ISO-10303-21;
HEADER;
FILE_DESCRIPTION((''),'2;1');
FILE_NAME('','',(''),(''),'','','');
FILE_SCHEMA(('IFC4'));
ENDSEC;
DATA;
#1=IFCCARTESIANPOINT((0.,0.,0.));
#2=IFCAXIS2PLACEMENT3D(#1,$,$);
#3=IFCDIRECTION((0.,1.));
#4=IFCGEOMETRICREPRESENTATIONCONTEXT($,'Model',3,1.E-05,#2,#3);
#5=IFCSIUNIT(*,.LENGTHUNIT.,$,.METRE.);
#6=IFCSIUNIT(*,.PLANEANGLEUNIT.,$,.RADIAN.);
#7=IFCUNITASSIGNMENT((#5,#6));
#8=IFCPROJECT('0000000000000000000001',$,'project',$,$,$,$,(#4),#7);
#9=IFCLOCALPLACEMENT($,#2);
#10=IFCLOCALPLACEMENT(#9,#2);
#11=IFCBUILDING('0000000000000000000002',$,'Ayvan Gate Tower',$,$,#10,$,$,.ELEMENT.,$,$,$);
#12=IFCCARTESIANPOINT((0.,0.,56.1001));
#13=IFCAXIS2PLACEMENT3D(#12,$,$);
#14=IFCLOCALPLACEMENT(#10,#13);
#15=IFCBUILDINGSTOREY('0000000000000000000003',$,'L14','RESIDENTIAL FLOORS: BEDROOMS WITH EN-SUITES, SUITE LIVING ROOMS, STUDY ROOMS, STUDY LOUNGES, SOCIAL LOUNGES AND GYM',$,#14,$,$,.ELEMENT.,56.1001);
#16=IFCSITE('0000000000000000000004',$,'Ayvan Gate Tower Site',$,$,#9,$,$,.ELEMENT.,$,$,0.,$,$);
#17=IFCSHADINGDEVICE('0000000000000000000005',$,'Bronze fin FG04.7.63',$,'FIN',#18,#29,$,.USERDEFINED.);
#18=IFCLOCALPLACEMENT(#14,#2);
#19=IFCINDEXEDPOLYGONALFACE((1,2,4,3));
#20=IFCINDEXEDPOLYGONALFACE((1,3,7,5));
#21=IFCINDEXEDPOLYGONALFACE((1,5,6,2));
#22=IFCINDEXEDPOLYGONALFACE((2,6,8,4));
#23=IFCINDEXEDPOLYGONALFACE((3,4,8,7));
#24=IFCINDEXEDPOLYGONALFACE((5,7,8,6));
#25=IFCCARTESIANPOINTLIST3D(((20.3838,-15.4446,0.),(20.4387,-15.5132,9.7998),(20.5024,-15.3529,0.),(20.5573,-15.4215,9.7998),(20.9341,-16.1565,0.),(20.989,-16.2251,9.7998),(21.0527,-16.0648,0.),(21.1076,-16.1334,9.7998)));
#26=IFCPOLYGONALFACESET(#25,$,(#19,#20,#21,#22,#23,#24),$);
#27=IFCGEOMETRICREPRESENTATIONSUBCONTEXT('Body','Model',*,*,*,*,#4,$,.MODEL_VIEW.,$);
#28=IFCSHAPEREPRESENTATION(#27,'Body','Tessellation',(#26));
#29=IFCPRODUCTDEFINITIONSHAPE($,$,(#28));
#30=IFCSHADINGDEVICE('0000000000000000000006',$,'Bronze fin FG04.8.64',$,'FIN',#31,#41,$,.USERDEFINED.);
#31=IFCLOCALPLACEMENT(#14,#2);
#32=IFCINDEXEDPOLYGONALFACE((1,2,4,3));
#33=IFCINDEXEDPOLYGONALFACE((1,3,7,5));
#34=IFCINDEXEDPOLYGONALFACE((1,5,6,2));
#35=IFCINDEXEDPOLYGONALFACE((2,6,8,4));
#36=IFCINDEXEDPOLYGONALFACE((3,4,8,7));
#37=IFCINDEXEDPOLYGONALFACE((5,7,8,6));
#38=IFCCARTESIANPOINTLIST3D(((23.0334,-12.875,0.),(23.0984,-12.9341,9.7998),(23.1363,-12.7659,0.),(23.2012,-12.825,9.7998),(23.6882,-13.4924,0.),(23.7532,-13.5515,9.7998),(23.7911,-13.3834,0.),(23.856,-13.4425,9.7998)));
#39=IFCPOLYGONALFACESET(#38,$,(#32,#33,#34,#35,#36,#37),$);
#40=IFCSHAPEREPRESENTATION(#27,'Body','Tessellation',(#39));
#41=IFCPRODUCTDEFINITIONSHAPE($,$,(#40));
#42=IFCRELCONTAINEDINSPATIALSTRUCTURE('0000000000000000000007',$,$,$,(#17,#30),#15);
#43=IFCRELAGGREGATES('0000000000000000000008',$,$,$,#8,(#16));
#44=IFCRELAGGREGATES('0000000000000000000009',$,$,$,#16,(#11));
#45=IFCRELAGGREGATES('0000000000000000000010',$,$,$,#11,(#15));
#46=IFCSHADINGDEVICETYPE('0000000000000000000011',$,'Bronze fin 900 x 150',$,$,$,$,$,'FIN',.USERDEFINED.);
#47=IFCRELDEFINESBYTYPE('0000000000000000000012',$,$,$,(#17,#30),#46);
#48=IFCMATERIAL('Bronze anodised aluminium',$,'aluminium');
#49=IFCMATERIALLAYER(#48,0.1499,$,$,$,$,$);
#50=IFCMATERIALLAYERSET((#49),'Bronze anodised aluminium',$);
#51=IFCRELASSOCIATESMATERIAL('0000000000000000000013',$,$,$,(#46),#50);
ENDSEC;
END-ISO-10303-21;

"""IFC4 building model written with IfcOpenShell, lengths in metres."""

from ifc_helpers import new_model, si_unit, direction, frame, origin, place, context, subcontext, project, spatial, polyline, outline, extrude, material, layer, layer_set, type_object, element, save


model = new_model("IFC4")

# Units and contexts
model_context = context("Model", 3, precision=1e-05, world=origin(), true_north=direction((0.0, 1.0)))
body_context = subcontext(model_context, "Body", "Model", "MODEL_VIEW")
ifc_project = project(units=[si_unit("LENGTHUNIT", "METRE"), si_unit("PLANEANGLEUNIT", "RADIAN")], contexts=[model_context])

# Site, building, storey
site_placement = place(None, origin())
site = spatial("IfcSite", under=ifc_project, at=site_placement, Name="Ayvan Gate Tower Site", CompositionType="ELEMENT", RefElevation=0.0)
building_placement = place(site_placement, origin())
building = spatial("IfcBuilding", under=site, at=building_placement, Name="Ayvan Gate Tower", CompositionType="ELEMENT")
storey_placement = place(building_placement, frame((0.0, 0.0, 56.1001)))
storey = spatial("IfcBuildingStorey", under=building, at=storey_placement, Name="L14", Description="RESIDENTIAL FLOORS: BEDROOMS WITH EN-SUITES, SUITE LIVING ROOMS, STUDY ROOMS, STUDY LOUNGES, SOCIAL LOUNGES AND GYM", CompositionType="ELEMENT", Elevation=56.1001)

# Shared definitions
ifc_material_1 = material(Name="Bronze anodised aluminium", Category="aluminium")

# Shading devices
ifc_layer_1 = layer(ifc_material_1, 0.1499)
ifc_layer_set_1 = layer_set([ifc_layer_1], Name="Bronze anodised aluminium")
shading_device_type = type_object("IfcShadingDeviceType", Name="Bronze fin 900 x 150", ElementType="FIN", PredefinedType="USERDEFINED", material=ifc_layer_set_1)
shading_device_1_placement = place(storey_placement, frame((20.3838, -15.4446, 0.0), z_axis=(-0.79119, -0.611571, 0.000154), x_axis=(0.611571, -0.79119, 0.0)))
element("IfcShadingDevice", 1, at=shading_device_1_placement, inside=storey, type_object=shading_device_type, Name="Bronze fin FG04.7.63", ObjectType="FIN", PredefinedType="USERDEFINED", context=body_context, shape_type="SweptSolid", body=[
    extrude(outline(polyline([(0.0, 0.0), (0.8998, 0.0), (0.9877, 9.7998), (0.0879, 9.7998), (0.0, 0.0)])), origin(), (0.0, 0.0, -1.0), 0.1499),
])
shading_device_2_placement = place(storey_placement, frame((23.0334, -12.875, 0.0), z_axis=(-0.68605, -0.727555, 0.00016), x_axis=(0.727555, -0.68605, 0.0)))
element("IfcShadingDevice", 2, at=shading_device_2_placement, inside=storey, type_object=shading_device_type, Name="Bronze fin FG04.8.64", ObjectType="FIN", PredefinedType="USERDEFINED", context=body_context, shape_type="SweptSolid", body=[
    extrude(outline(polyline([(0.0, 0.0), (0.9, 0.0), (0.9878, 9.7998), (0.0878, 9.7998), (0.0, 0.0)])), origin(), (0.0, 0.0, -1.0), 0.1499),
])

save(model, "model.ifc")
